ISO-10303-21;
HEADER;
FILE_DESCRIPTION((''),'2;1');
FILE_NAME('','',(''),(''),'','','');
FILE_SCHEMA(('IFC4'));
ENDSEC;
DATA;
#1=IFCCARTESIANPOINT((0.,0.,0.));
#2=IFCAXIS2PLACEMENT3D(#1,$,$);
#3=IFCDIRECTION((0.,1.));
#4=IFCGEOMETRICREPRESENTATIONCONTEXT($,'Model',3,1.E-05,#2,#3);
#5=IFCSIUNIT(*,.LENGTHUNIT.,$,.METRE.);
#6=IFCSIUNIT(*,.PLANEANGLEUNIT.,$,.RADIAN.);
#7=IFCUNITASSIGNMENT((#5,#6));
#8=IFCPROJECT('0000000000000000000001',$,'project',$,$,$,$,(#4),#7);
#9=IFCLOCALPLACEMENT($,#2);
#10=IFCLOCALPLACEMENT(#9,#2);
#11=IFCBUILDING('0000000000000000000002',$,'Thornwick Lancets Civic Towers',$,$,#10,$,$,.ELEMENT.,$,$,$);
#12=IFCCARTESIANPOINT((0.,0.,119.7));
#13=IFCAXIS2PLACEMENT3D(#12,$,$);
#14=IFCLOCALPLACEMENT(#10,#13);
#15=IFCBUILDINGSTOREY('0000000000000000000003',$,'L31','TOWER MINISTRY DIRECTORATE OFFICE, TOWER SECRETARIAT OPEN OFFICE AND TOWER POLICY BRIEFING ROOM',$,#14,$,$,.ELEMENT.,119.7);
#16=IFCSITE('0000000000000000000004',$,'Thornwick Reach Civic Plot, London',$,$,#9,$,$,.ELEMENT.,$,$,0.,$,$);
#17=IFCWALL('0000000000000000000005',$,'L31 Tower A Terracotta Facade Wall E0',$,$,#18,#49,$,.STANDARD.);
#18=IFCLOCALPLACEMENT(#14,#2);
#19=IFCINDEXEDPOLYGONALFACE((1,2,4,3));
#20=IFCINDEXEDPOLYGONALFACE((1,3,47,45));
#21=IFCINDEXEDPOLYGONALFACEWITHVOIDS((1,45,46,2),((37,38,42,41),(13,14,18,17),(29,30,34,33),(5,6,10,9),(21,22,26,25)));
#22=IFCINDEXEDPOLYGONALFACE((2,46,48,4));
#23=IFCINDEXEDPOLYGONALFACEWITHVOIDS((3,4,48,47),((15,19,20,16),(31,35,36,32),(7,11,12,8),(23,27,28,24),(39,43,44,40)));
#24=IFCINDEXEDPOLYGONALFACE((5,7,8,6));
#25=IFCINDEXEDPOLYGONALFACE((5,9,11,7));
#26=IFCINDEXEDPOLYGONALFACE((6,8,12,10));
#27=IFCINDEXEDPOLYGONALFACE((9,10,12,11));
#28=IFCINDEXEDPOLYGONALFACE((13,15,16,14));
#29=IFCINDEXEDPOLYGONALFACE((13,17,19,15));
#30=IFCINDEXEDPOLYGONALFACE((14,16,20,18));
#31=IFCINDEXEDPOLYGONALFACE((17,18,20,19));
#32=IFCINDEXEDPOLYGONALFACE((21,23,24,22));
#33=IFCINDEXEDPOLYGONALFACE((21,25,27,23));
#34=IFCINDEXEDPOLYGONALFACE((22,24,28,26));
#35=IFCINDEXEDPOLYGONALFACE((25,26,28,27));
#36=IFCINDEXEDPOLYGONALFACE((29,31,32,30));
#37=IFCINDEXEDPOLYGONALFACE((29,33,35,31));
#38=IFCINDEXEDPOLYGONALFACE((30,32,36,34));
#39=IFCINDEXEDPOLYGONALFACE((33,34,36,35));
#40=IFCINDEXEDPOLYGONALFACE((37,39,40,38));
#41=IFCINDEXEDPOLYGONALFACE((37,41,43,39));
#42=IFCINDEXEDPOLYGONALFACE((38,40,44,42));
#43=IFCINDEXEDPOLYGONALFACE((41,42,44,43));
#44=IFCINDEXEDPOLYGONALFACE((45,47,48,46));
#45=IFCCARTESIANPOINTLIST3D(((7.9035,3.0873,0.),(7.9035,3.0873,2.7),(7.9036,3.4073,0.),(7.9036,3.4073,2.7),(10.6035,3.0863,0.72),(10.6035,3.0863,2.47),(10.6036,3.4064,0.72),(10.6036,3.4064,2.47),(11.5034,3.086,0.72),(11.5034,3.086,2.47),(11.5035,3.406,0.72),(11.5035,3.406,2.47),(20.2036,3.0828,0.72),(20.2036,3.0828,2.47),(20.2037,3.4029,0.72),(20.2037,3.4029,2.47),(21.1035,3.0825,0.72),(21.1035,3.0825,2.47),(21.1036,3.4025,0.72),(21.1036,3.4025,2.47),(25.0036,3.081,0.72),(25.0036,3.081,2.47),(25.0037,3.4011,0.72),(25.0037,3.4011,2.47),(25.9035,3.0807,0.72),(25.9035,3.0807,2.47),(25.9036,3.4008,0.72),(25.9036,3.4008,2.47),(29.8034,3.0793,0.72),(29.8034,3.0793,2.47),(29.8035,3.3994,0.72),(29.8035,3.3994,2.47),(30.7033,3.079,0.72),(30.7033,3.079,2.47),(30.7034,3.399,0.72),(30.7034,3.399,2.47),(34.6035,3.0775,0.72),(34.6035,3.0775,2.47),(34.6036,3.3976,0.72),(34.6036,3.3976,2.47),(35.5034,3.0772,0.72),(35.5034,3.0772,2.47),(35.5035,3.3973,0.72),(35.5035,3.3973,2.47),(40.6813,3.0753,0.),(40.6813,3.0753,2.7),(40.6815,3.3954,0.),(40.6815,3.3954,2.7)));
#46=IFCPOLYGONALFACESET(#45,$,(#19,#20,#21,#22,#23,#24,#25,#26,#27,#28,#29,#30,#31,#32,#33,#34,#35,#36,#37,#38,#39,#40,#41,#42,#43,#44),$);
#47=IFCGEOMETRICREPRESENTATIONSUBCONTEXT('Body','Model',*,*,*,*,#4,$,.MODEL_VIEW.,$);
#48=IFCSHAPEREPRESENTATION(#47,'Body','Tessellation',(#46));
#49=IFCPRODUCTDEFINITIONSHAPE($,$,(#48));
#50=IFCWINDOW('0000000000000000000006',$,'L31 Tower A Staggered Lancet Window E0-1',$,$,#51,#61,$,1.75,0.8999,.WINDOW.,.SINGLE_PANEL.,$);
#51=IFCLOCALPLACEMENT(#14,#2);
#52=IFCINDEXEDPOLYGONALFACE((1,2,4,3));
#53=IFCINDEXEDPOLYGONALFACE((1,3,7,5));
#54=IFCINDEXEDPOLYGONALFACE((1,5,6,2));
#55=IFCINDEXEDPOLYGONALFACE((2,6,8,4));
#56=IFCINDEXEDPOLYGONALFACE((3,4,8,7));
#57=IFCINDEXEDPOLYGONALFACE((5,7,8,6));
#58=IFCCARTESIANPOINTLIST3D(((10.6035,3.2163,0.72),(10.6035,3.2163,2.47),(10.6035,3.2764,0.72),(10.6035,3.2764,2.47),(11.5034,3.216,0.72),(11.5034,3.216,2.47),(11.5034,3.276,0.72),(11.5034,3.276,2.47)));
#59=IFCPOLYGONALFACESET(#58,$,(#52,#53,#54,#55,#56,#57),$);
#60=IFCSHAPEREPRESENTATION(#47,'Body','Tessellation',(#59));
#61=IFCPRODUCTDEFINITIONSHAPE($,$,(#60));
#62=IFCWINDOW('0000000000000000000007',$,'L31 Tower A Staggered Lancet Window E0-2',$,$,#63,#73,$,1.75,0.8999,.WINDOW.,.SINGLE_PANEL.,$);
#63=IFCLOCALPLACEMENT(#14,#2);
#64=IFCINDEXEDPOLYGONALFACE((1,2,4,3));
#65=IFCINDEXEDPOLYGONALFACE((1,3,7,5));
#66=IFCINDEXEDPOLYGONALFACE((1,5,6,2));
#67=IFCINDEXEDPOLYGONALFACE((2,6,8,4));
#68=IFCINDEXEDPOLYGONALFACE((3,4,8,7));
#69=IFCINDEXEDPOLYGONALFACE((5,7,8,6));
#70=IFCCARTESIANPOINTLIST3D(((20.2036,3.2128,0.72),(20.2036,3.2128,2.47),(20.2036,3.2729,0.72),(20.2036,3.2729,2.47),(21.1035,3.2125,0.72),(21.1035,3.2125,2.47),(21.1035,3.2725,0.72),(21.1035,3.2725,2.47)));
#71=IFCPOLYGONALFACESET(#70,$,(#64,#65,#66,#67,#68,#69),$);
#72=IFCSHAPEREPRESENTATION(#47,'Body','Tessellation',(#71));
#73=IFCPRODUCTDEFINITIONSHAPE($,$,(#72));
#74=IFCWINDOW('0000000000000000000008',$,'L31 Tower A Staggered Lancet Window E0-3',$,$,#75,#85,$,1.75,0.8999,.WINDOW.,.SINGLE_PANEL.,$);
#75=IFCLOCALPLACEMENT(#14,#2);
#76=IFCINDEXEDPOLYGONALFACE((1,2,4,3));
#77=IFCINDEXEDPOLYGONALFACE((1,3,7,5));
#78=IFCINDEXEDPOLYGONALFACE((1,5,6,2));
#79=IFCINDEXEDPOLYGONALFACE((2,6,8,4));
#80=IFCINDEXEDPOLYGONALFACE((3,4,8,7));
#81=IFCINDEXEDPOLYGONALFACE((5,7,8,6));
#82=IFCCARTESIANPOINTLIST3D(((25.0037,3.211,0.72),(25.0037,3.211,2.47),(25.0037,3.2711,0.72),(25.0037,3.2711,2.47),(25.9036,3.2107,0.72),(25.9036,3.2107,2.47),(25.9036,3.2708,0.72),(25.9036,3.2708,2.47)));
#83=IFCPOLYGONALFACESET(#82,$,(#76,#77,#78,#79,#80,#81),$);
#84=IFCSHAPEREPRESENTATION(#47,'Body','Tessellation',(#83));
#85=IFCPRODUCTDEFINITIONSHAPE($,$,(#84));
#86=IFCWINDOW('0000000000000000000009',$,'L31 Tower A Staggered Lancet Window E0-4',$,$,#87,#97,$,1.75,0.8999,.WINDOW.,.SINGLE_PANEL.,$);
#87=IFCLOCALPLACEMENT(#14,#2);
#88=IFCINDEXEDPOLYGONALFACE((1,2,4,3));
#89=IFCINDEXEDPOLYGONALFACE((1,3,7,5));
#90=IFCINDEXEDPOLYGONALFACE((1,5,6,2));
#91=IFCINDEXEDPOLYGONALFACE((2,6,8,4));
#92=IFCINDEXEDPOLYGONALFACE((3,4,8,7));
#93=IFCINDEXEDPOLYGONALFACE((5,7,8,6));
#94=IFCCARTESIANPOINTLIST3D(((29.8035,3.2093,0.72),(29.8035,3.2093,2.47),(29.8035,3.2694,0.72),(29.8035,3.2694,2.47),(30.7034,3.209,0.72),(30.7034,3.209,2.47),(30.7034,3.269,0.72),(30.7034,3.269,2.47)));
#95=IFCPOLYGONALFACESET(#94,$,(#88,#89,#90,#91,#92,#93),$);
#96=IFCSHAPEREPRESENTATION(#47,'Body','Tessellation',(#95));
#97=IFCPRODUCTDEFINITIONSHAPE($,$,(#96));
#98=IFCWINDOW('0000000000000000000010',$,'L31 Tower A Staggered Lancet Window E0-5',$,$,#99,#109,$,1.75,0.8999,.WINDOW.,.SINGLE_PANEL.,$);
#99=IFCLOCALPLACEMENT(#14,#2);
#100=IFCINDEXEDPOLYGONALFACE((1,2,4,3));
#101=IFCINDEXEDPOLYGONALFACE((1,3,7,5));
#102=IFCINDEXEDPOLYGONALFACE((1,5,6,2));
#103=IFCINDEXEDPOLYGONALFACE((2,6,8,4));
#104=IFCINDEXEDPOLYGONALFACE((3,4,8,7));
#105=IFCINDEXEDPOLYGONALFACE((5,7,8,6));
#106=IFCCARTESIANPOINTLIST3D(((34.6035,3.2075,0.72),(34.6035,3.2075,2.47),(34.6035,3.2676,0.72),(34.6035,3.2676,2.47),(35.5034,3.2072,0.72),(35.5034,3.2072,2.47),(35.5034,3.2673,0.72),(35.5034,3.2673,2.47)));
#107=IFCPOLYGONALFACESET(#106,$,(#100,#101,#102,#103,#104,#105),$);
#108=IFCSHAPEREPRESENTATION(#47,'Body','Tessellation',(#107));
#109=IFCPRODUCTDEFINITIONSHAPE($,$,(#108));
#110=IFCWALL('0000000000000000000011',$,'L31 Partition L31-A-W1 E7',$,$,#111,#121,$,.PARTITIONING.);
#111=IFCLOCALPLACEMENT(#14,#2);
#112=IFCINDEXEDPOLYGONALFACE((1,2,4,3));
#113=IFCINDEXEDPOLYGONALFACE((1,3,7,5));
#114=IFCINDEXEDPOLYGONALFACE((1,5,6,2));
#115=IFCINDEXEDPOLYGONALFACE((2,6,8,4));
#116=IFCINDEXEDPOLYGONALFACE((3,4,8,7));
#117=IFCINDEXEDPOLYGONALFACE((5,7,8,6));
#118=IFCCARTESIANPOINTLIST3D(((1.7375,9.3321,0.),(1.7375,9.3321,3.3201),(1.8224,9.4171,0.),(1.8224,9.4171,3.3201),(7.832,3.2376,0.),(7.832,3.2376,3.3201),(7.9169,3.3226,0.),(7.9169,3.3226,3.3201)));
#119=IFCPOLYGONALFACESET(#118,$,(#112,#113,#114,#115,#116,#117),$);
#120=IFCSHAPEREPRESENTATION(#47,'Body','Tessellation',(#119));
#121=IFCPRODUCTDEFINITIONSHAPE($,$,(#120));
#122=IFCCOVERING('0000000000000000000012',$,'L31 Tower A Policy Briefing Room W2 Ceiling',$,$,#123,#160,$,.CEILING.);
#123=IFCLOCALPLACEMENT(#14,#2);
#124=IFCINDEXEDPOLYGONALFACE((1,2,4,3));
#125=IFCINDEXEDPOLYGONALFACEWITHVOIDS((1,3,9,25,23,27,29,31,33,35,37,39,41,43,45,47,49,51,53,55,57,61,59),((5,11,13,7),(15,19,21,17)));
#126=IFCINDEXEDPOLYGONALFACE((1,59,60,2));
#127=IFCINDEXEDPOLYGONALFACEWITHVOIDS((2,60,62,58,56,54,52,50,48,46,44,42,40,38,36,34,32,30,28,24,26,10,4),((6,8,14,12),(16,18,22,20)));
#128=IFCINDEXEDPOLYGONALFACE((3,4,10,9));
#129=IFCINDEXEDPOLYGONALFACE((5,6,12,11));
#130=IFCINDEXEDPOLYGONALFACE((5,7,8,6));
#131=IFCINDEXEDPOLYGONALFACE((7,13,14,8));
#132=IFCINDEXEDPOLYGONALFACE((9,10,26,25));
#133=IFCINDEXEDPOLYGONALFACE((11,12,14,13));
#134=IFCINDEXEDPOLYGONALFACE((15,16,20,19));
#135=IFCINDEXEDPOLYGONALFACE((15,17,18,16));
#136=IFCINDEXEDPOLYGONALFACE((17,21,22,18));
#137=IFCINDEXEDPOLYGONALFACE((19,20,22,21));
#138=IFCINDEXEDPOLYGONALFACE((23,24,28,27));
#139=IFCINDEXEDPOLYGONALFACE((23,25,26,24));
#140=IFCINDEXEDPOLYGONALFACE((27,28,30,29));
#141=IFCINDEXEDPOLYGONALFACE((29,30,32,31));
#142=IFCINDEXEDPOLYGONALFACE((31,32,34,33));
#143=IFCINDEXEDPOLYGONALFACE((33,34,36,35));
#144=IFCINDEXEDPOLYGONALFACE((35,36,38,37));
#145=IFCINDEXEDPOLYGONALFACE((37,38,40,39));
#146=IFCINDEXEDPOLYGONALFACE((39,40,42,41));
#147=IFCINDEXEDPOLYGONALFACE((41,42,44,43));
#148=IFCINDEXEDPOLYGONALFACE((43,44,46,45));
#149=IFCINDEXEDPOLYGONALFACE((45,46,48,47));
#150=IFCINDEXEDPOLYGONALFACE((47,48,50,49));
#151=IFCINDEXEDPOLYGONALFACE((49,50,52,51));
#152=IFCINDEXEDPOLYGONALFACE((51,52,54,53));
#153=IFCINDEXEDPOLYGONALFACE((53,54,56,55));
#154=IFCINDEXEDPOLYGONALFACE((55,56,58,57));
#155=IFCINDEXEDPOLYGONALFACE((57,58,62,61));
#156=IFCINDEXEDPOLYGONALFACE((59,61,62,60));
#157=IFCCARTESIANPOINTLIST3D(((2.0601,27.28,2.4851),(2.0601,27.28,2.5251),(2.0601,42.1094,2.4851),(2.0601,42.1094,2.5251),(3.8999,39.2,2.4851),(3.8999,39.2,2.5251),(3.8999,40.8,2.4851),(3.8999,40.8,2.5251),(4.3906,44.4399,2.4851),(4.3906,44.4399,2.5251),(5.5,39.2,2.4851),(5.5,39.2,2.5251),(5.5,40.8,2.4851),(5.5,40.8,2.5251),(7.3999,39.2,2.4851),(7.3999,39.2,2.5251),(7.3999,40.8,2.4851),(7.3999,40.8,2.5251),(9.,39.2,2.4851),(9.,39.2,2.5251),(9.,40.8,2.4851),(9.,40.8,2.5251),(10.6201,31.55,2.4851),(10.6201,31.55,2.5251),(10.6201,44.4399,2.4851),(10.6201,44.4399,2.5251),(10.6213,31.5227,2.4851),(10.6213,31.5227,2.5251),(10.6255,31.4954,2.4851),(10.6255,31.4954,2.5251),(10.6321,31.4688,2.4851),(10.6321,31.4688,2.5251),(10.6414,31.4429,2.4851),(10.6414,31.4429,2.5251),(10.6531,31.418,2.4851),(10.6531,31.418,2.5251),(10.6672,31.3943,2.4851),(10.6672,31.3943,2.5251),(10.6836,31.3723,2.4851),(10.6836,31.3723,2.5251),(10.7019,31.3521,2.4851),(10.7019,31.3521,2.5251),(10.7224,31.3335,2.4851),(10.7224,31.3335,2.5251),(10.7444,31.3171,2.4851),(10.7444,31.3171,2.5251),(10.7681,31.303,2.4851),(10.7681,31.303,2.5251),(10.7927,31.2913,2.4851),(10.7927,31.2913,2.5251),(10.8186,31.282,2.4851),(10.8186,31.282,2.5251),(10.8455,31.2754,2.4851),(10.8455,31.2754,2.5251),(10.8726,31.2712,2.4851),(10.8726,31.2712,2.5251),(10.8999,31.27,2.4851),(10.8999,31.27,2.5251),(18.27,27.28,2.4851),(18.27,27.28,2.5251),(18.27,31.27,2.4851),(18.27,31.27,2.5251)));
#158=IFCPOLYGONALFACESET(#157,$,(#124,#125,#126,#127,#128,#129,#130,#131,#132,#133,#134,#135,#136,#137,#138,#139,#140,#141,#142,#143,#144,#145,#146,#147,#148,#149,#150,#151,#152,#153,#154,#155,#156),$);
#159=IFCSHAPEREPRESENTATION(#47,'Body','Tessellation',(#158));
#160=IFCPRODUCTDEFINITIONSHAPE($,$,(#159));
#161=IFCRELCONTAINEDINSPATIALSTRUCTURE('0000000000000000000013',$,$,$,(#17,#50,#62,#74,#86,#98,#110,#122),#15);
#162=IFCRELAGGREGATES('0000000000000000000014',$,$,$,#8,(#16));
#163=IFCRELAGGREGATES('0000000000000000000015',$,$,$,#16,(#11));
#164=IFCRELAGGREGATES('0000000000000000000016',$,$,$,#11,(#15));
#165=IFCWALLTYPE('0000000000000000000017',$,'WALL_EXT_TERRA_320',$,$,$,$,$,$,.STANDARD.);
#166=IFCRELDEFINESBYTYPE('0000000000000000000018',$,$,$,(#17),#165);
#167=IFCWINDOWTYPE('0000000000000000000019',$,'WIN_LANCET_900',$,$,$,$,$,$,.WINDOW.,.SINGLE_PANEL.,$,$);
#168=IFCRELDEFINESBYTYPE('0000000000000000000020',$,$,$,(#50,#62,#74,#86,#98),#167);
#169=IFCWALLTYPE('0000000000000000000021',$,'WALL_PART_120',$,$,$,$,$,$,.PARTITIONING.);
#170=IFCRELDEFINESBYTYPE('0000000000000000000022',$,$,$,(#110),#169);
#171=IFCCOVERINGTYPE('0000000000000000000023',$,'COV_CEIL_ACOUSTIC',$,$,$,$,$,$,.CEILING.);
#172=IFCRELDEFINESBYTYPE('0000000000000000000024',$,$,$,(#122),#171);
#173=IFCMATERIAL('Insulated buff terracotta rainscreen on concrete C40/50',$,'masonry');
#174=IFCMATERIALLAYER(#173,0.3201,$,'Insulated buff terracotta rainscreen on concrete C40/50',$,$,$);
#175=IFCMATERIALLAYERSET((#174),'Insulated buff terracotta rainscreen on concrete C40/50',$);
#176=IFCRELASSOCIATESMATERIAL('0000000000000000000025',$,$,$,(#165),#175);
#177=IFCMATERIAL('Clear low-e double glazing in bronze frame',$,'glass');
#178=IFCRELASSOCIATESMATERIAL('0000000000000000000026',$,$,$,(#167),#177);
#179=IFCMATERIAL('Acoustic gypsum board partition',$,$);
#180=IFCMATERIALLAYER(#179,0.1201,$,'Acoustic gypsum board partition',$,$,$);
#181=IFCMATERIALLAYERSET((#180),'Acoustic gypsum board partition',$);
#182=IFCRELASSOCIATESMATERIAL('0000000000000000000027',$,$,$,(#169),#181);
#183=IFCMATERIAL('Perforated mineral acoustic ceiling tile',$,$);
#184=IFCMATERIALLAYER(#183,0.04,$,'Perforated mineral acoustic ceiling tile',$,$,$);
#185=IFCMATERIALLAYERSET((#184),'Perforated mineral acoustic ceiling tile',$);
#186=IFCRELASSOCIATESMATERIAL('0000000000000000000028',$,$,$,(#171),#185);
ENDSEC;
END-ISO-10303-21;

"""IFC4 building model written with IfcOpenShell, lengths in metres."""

from ifc_helpers import new_model, si_unit, direction, frame, frame_2d, origin, place, context, subcontext, project, spatial, polyline, rectangle, outline, extrude, material, layer, layer_set, type_object, element, fill, save


model = new_model("IFC4")

# Units and contexts
model_context = context("Model", 3, precision=1e-05, world=origin(), true_north=direction((0.0, 1.0)))
body_context = subcontext(model_context, "Body", "Model", "MODEL_VIEW")
ifc_project = project(units=[si_unit("LENGTHUNIT", "METRE"), si_unit("PLANEANGLEUNIT", "RADIAN")], contexts=[model_context])

# Site, building, storey
site_placement = place(None, origin())
site = spatial("IfcSite", under=ifc_project, at=site_placement, Name="Thornwick Reach Civic Plot, London", CompositionType="ELEMENT", RefElevation=0.0)
building_placement = place(site_placement, origin())
building = spatial("IfcBuilding", under=site, at=building_placement, Name="Thornwick Lancets Civic Towers", CompositionType="ELEMENT")
storey_placement = place(building_placement, frame((0.0, 0.0, 119.7)))
storey = spatial("IfcBuildingStorey", under=building, at=storey_placement, Name="L31", Description="TOWER MINISTRY DIRECTORATE OFFICE, TOWER SECRETARIAT OPEN OFFICE AND TOWER POLICY BRIEFING ROOM", CompositionType="ELEMENT", Elevation=119.7)

# Wall, openings, windows
ifc_material_1 = material(Name="Insulated buff terracotta rainscreen on concrete C40/50", Category="masonry")
ifc_layer_1 = layer(ifc_material_1, 0.3201, Name="Insulated buff terracotta rainscreen on concrete C40/50")
ifc_layer_set_1 = layer_set([ifc_layer_1], Name="Insulated buff terracotta rainscreen on concrete C40/50")
wall_type_1 = type_object("IfcWallType", Name="WALL_EXT_TERRA_320", PredefinedType="STANDARD", material=ifc_layer_set_1)
wall_1_placement = place(storey_placement, frame((7.9036, 3.2473, 0.0), z_axis=(0.0, 0.0, 1.0), x_axis=(1.0, -0.000365, 0.0)))
wall_1 = element("IfcWall", 1, at=wall_1_placement, inside=storey, type_object=wall_type_1, Name="L31 Tower A Terracotta Facade Wall E0", PredefinedType="STANDARD", context=body_context, shape_type="SweptSolid", body=[
    extrude(rectangle(XDim=32.7778, YDim=0.3201, at=frame_2d((16.3889, 0.0))), origin(), (0.0, 0.0, 1.0), 2.7),
])
opening_1_placement = place(wall_1_placement, frame((2.7, 0.0, 0.72)))
opening_1 = element("IfcOpeningElement", 2, at=opening_1_placement, cuts=wall_1, PredefinedType="OPENING", context=body_context, shape_type="SweptSolid", body=[
    extrude(rectangle(XDim=0.8999, YDim=1.75, at=frame_2d((0.45, 0.875))), frame((0.0, 0.1699, 0.0), z_axis=(0.0, -1.0, 0.0), x_axis=(1.0, 0.0, 0.0)), (0.0, 0.0, 1.0), 0.3401),
])
opening_2_placement = place(wall_1_placement, frame((12.3, 0.0, 0.72)))
opening_2 = element("IfcOpeningElement", 3, at=opening_2_placement, cuts=wall_1, PredefinedType="OPENING", context=body_context, shape_type="SweptSolid", body=[
    extrude(rectangle(XDim=0.8999, YDim=1.75, at=frame_2d((0.45, 0.875))), frame((0.0, 0.1699, 0.0), z_axis=(0.0, -1.0, 0.0), x_axis=(1.0, 0.0, 0.0)), (0.0, 0.0, 1.0), 0.3401),
])
opening_3_placement = place(wall_1_placement, frame((17.1001, 0.0, 0.72)))
opening_3 = element("IfcOpeningElement", 4, at=opening_3_placement, cuts=wall_1, PredefinedType="OPENING", context=body_context, shape_type="SweptSolid", body=[
    extrude(rectangle(XDim=0.8999, YDim=1.75, at=frame_2d((0.45, 0.875))), frame((0.0, 0.1699, 0.0), z_axis=(0.0, -1.0, 0.0), x_axis=(1.0, 0.0, 0.0)), (0.0, 0.0, 1.0), 0.3401),
])
opening_4_placement = place(wall_1_placement, frame((21.8999, 0.0, 0.72)))
opening_4 = element("IfcOpeningElement", 5, at=opening_4_placement, cuts=wall_1, PredefinedType="OPENING", context=body_context, shape_type="SweptSolid", body=[
    extrude(rectangle(XDim=0.8999, YDim=1.75, at=frame_2d((0.45, 0.875))), frame((0.0, 0.1699, 0.0), z_axis=(0.0, -1.0, 0.0), x_axis=(1.0, 0.0, 0.0)), (0.0, 0.0, 1.0), 0.3401),
])
opening_5_placement = place(wall_1_placement, frame((26.7, 0.0, 0.72)))
opening_5 = element("IfcOpeningElement", 6, at=opening_5_placement, cuts=wall_1, PredefinedType="OPENING", context=body_context, shape_type="SweptSolid", body=[
    extrude(rectangle(XDim=0.8999, YDim=1.75, at=frame_2d((0.45, 0.875))), frame((0.0, 0.1699, 0.0), z_axis=(0.0, -1.0, 0.0), x_axis=(1.0, 0.0, 0.0)), (0.0, 0.0, 1.0), 0.3401),
])
ifc_material_2 = material(Name="Clear low-e double glazing in bronze frame", Category="glass")
window_type = type_object("IfcWindowType", Name="WIN_LANCET_900", PartitioningType="SINGLE_PANEL", PredefinedType="WINDOW", material=ifc_material_2)
window_1_placement = place(opening_1_placement, origin())
window_1 = element("IfcWindow", 7, at=window_1_placement, inside=storey, type_object=window_type, Name="L31 Tower A Staggered Lancet Window E0-1", OverallHeight=1.75, OverallWidth=0.8999, PartitioningType="SINGLE_PANEL", PredefinedType="WINDOW", context=body_context, shape_type="SweptSolid", body=[
    extrude(rectangle(XDim=0.8999, YDim=1.75, at=frame_2d((0.45, 0.875))), frame((0.0, 0.03, 0.0), z_axis=(0.0, -1.0, 0.0), x_axis=(1.0, 0.0, 0.0)), (0.0, 0.0, 1.0), 0.0601),
])
fill(opening_1, window_1)
window_2_placement = place(opening_2_placement, origin())
window_2 = element("IfcWindow", 8, at=window_2_placement, inside=storey, type_object=window_type, Name="L31 Tower A Staggered Lancet Window E0-2", OverallHeight=1.75, OverallWidth=0.8999, PartitioningType="SINGLE_PANEL", PredefinedType="WINDOW", context=body_context, shape_type="SweptSolid", body=[
    extrude(rectangle(XDim=0.8999, YDim=1.75, at=frame_2d((0.45, 0.875))), frame((0.0, 0.03, 0.0), z_axis=(0.0, -1.0, 0.0), x_axis=(1.0, 0.0, 0.0)), (0.0, 0.0, 1.0), 0.0601),
])
fill(opening_2, window_2)
window_3_placement = place(opening_3_placement, origin())
window_3 = element("IfcWindow", 9, at=window_3_placement, inside=storey, type_object=window_type, Name="L31 Tower A Staggered Lancet Window E0-3", OverallHeight=1.75, OverallWidth=0.8999, PartitioningType="SINGLE_PANEL", PredefinedType="WINDOW", context=body_context, shape_type="SweptSolid", body=[
    extrude(rectangle(XDim=0.8999, YDim=1.75, at=frame_2d((0.45, 0.875))), frame((0.0, 0.03, 0.0), z_axis=(0.0, -1.0, 0.0), x_axis=(1.0, 0.0, 0.0)), (0.0, 0.0, 1.0), 0.0601),
])
fill(opening_3, window_3)
window_4_placement = place(opening_4_placement, origin())
window_4 = element("IfcWindow", 10, at=window_4_placement, inside=storey, type_object=window_type, Name="L31 Tower A Staggered Lancet Window E0-4", OverallHeight=1.75, OverallWidth=0.8999, PartitioningType="SINGLE_PANEL", PredefinedType="WINDOW", context=body_context, shape_type="SweptSolid", body=[
    extrude(rectangle(XDim=0.8999, YDim=1.75, at=frame_2d((0.45, 0.875))), frame((0.0, 0.03, 0.0), z_axis=(0.0, -1.0, 0.0), x_axis=(1.0, 0.0, 0.0)), (0.0, 0.0, 1.0), 0.0601),
])
fill(opening_4, window_4)
window_5_placement = place(opening_5_placement, origin())
window_5 = element("IfcWindow", 11, at=window_5_placement, inside=storey, type_object=window_type, Name="L31 Tower A Staggered Lancet Window E0-5", OverallHeight=1.75, OverallWidth=0.8999, PartitioningType="SINGLE_PANEL", PredefinedType="WINDOW", context=body_context, shape_type="SweptSolid", body=[
    extrude(rectangle(XDim=0.8999, YDim=1.75, at=frame_2d((0.45, 0.875))), frame((0.0, 0.03, 0.0), z_axis=(0.0, -1.0, 0.0), x_axis=(1.0, 0.0, 0.0)), (0.0, 0.0, 1.0), 0.0601),
])
fill(opening_5, window_5)

# Wall
ifc_material_3 = material(Name="Acoustic gypsum board partition")
ifc_layer_2 = layer(ifc_material_3, 0.1201, Name="Acoustic gypsum board partition")
ifc_layer_set_2 = layer_set([ifc_layer_2], Name="Acoustic gypsum board partition")
wall_type_2 = type_object("IfcWallType", Name="WALL_PART_120", PredefinedType="PARTITIONING", material=ifc_layer_set_2)
wall_2_placement = place(storey_placement, frame((7.8745, 3.28, 0.0), z_axis=(0.0, 0.0, 1.0), x_axis=(-0.707107, 0.707107, 0.0)))
element("IfcWall", 12, at=wall_2_placement, inside=storey, type_object=wall_type_2, Name="L31 Partition L31-A-W1 E7", PredefinedType="PARTITIONING", context=body_context, shape_type="SweptSolid", body=[
    extrude(rectangle(XDim=8.6189, YDim=0.1201, at=frame_2d((4.3096, 0.0))), origin(), (0.0, 0.0, 1.0), 3.3201),
])

# Covering
ifc_material_4 = material(Name="Perforated mineral acoustic ceiling tile")
ifc_layer_3 = layer(ifc_material_4, 0.04, Name="Perforated mineral acoustic ceiling tile")
ifc_layer_set_3 = layer_set([ifc_layer_3], Name="Perforated mineral acoustic ceiling tile")
covering_type_1 = type_object("IfcCoveringType", Name="COV_CEIL_ACOUSTIC", PredefinedType="CEILING", material=ifc_layer_set_3)
covering_1_placement = place(storey_placement, frame((0.0, 0.0, 2.4851)))
element("IfcCovering", 13, at=covering_1_placement, inside=storey, type_object=covering_type_1, Name="L31 Tower A Policy Briefing Room W2 Ceiling", PredefinedType="CEILING", context=body_context, shape_type="SweptSolid", body=[
    extrude(outline(polyline([(18.27, 31.27), (18.27, 27.28), (2.0601, 27.28), (2.0601, 42.1094), (4.3906, 44.4399), (10.6201, 44.4399), (10.6201, 31.55), (10.6213, 31.5227), (10.6255, 31.4954), (10.6321, 31.4688), (10.6414, 31.4429), (10.6531, 31.418), (10.6672, 31.3943), (10.6836, 31.3723), (10.7019, 31.3521), (10.7224, 31.3335), (10.7444, 31.3171), (10.7681, 31.303), (10.7927, 31.2913), (10.8186, 31.282), (10.8455, 31.2754), (10.8726, 31.2712), (10.8999, 31.27), (18.27, 31.27)]), holes=[polyline([(7.3999, 39.2), (9.0, 39.2), (9.0, 40.8), (7.3999, 40.8), (7.3999, 39.2)]), polyline([(3.8999, 39.2), (5.5, 39.2), (5.5, 40.8), (3.8999, 40.8), (3.8999, 39.2)])]), origin(), (0.0, 0.0, 1.0), 0.04),
])

save(model, "model.ifc")
